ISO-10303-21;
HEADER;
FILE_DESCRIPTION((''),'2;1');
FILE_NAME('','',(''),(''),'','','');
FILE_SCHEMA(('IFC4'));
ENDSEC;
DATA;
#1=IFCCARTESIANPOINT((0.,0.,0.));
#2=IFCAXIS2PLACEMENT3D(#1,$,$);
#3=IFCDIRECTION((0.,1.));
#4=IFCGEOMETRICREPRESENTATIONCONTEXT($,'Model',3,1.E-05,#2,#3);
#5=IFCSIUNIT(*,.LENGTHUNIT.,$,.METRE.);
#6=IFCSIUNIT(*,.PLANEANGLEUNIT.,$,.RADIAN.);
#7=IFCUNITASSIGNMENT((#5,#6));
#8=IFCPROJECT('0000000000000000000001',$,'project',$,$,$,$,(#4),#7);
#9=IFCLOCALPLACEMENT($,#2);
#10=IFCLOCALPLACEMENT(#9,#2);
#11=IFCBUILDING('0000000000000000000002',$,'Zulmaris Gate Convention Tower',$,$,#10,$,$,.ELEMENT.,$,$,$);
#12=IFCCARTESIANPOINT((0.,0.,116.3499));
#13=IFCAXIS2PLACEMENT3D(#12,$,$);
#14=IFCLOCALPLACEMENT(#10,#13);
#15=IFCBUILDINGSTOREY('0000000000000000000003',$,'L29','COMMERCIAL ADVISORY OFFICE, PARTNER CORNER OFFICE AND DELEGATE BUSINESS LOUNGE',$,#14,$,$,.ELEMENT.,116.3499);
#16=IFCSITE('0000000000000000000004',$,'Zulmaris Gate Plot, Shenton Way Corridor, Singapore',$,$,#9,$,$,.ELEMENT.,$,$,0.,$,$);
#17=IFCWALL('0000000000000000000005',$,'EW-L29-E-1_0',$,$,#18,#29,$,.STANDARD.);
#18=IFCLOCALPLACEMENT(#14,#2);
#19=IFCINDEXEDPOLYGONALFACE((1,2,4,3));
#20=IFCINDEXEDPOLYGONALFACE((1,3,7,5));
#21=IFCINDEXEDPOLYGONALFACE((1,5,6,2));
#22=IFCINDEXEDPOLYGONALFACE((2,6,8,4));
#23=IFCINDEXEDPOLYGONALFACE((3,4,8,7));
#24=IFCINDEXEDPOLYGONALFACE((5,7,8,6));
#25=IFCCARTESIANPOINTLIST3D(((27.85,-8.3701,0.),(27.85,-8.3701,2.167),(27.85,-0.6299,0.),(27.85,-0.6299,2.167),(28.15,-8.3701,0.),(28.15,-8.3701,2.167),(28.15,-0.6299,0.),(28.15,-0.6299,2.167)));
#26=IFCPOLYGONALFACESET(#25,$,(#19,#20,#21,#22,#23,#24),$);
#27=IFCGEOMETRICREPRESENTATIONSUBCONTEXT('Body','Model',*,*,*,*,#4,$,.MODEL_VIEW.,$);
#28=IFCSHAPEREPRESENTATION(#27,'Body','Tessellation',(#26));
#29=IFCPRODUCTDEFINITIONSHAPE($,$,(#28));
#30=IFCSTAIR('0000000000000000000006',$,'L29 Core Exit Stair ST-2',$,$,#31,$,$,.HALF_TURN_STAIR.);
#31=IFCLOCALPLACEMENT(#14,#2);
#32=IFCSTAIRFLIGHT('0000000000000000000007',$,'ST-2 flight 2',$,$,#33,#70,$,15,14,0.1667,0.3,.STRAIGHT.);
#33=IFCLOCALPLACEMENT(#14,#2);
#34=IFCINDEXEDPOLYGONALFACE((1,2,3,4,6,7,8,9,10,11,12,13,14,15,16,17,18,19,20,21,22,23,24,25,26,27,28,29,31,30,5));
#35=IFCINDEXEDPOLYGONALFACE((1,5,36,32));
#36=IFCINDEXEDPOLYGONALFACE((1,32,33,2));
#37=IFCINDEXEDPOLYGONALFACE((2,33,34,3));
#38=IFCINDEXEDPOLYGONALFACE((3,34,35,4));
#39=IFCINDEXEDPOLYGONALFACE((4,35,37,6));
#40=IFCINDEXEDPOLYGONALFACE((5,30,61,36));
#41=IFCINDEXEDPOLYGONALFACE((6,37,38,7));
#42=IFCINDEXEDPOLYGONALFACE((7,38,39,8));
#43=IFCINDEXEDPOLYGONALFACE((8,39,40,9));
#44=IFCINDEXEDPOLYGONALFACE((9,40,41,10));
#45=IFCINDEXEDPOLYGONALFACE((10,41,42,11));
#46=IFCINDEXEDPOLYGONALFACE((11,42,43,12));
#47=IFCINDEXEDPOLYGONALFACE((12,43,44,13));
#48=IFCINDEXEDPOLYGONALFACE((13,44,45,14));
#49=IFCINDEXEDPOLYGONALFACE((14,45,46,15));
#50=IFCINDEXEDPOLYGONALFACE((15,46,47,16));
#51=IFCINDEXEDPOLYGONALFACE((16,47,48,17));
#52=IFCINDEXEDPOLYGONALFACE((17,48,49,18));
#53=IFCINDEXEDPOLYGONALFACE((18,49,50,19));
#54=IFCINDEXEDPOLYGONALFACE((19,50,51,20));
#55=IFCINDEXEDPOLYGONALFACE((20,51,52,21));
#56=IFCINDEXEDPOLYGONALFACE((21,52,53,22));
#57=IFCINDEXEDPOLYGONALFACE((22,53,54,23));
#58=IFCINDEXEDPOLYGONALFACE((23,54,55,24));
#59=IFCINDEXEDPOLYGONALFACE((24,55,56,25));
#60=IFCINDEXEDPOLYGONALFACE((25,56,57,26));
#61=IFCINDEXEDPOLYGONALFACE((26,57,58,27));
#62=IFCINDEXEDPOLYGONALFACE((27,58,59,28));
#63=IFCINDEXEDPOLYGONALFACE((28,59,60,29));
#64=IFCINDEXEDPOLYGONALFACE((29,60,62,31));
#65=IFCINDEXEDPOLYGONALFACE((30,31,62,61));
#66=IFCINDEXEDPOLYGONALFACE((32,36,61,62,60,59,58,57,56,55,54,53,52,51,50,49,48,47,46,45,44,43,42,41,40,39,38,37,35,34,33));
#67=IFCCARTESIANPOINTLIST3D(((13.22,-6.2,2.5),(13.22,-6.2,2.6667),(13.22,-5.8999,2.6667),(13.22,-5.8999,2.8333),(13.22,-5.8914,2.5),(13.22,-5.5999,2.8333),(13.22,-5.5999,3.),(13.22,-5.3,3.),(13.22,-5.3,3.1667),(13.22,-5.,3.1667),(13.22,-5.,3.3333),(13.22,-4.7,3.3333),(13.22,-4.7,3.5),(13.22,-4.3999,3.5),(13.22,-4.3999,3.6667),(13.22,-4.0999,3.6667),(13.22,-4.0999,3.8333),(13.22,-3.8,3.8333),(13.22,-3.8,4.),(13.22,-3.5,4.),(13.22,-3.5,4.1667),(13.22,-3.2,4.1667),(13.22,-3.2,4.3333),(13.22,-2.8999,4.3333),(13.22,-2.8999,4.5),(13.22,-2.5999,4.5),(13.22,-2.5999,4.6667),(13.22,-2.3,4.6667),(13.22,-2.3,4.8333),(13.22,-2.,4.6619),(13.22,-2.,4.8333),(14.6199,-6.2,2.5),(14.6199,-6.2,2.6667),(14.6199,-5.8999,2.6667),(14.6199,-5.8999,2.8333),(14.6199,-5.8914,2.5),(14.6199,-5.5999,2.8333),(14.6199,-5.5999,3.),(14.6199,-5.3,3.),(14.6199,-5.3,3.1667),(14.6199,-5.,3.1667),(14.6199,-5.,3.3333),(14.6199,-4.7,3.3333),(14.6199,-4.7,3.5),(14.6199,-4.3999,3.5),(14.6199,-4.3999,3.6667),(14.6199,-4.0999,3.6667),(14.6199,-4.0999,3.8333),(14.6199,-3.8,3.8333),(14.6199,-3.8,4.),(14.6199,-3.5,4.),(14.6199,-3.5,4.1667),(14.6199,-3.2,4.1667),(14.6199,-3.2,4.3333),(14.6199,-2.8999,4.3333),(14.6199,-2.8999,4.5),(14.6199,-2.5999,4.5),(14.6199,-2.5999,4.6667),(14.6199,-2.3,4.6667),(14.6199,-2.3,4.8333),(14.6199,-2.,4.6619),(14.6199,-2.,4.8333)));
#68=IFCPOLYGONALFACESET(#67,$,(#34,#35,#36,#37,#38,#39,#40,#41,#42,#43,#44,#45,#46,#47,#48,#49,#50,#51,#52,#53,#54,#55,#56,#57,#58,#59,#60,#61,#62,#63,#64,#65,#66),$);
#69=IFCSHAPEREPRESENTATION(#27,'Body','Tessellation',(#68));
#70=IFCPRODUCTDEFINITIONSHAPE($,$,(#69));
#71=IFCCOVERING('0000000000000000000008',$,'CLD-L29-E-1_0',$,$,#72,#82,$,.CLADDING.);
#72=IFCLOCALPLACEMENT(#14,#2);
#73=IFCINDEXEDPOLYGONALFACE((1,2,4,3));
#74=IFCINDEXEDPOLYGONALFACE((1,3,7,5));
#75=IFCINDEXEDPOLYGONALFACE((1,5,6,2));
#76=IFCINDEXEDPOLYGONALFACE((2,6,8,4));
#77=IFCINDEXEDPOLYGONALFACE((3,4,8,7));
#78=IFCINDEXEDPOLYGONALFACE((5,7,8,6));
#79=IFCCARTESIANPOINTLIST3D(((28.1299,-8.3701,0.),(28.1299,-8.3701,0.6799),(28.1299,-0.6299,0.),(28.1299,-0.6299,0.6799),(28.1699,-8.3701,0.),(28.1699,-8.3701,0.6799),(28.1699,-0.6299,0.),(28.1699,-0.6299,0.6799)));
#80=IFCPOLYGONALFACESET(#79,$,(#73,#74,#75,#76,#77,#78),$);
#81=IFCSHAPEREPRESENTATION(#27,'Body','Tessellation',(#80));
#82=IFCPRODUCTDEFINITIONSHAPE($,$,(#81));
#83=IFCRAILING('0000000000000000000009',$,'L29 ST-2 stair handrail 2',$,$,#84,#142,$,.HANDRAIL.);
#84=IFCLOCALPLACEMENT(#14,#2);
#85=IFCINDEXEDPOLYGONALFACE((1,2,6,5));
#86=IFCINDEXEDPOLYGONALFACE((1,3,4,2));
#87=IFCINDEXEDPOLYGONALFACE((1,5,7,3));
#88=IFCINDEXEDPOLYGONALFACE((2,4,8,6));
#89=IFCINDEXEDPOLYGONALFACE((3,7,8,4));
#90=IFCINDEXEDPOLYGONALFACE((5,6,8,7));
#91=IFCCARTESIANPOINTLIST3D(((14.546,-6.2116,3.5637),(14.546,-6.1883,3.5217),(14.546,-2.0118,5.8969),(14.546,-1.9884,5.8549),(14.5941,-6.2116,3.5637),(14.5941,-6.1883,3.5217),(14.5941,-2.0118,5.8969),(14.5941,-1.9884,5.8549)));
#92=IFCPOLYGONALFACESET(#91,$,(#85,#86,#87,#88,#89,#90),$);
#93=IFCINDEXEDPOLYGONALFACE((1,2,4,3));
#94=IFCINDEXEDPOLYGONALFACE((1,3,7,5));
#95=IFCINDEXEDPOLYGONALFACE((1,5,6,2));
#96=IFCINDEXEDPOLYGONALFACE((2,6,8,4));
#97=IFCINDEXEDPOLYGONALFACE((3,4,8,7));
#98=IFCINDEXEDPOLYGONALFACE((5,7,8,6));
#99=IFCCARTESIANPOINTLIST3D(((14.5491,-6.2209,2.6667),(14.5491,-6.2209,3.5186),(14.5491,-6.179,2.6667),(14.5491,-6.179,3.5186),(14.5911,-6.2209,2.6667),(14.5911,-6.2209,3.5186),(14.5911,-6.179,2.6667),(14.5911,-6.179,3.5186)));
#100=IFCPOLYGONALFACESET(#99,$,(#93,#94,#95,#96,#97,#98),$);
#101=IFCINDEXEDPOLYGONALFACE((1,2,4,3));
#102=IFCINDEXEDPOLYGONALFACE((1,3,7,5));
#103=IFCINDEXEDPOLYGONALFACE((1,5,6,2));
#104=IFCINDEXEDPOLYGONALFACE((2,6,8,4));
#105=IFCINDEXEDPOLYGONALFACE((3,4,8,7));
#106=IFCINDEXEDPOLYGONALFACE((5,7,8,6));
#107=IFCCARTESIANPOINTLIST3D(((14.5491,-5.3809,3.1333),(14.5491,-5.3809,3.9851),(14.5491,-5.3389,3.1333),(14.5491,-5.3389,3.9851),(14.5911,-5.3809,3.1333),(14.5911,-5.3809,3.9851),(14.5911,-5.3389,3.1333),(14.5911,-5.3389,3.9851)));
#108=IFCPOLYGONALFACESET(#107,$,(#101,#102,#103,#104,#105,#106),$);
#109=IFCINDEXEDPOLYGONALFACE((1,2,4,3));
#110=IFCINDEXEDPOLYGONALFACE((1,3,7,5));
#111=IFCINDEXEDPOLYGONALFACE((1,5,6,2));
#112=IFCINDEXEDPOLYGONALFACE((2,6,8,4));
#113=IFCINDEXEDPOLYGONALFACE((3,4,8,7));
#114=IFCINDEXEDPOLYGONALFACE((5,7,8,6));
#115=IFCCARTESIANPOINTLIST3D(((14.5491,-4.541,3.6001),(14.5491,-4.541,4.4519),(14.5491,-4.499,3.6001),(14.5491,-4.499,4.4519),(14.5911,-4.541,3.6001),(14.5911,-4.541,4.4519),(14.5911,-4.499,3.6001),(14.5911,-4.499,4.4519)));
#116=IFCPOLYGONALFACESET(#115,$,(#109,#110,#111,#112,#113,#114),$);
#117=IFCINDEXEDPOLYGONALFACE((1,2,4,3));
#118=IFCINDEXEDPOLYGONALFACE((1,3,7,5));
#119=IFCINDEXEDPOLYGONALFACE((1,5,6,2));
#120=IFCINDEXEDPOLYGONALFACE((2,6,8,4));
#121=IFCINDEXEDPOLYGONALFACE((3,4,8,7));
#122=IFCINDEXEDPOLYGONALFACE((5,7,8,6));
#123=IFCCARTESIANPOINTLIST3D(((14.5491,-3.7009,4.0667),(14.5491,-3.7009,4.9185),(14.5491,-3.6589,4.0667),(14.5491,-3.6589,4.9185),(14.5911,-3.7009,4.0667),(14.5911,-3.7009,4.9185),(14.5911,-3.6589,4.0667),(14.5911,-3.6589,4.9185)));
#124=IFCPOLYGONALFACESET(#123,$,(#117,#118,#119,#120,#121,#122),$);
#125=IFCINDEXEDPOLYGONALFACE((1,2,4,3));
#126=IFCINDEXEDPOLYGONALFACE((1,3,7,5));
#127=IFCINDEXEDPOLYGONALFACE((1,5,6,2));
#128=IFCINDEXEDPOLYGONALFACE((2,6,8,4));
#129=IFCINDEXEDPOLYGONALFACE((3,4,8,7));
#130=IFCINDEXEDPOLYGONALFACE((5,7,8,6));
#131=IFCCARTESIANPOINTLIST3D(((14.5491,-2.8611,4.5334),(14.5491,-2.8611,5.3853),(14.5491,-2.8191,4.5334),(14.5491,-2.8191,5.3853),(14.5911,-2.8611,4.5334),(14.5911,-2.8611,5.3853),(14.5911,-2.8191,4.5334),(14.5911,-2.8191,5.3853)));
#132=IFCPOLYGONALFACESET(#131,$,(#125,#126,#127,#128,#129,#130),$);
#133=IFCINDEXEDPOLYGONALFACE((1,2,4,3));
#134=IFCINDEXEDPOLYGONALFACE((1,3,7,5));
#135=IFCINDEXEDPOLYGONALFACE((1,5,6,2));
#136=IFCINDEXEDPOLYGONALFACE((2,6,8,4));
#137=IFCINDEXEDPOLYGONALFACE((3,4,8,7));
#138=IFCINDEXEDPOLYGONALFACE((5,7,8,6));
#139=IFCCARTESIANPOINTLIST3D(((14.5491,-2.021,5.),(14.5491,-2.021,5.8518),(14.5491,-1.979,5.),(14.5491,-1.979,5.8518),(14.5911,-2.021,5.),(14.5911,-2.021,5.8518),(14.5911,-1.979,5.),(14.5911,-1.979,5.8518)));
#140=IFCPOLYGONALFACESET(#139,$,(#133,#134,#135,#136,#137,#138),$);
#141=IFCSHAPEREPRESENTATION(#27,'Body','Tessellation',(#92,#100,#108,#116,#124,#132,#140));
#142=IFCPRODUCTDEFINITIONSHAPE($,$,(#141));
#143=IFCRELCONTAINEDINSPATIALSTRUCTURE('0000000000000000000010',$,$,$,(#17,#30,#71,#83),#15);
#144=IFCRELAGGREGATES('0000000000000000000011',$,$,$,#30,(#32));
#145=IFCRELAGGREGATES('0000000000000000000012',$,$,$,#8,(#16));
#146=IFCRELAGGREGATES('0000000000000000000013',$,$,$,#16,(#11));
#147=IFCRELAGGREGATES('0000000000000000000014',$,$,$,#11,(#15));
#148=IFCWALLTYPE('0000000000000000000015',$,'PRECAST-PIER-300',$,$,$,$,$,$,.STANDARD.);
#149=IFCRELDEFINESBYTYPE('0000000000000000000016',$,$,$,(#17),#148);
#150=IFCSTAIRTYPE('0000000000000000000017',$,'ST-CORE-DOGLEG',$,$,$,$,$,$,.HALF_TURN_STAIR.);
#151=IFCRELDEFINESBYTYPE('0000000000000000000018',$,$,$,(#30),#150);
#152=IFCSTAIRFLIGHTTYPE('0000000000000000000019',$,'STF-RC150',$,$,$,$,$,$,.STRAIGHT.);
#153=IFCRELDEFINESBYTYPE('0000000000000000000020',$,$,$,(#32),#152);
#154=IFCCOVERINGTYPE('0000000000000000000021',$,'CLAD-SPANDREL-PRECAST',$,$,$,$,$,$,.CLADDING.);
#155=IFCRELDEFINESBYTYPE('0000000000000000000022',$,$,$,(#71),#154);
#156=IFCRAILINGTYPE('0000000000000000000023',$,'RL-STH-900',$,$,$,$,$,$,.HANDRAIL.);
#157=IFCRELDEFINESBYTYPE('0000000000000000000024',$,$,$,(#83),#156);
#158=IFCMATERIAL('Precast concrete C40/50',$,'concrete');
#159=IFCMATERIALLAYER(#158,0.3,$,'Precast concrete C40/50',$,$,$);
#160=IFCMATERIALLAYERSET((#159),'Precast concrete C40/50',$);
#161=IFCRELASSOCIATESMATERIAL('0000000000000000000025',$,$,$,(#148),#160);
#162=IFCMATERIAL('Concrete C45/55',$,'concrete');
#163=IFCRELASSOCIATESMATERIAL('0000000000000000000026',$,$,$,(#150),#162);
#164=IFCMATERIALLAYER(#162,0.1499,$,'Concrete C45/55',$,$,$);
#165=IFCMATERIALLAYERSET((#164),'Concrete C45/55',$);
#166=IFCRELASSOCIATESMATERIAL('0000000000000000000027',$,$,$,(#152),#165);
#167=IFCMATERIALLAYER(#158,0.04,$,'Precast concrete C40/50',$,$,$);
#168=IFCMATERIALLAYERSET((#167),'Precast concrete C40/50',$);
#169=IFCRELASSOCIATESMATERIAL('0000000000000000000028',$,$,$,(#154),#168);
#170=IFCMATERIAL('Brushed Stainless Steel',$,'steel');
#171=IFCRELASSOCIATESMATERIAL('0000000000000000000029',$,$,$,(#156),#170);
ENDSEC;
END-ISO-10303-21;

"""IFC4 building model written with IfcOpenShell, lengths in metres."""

from ifc_helpers import new_model, si_unit, direction, frame, frame_2d, origin, origin_2d, place, context, subcontext, project, spatial, polyline, rectangle, outline, extrude, material, layer, layer_set, type_object, element, aggregate, save


model = new_model("IFC4")

# Units and contexts
model_context = context("Model", 3, precision=1e-05, world=origin(), true_north=direction((0.0, 1.0)))
body_context = subcontext(model_context, "Body", "Model", "MODEL_VIEW")
ifc_project = project(units=[si_unit("LENGTHUNIT", "METRE"), si_unit("PLANEANGLEUNIT", "RADIAN")], contexts=[model_context])

# Site, building, storey
site_placement = place(None, origin())
site = spatial("IfcSite", under=ifc_project, at=site_placement, Name="Zulmaris Gate Plot, Shenton Way Corridor, Singapore", CompositionType="ELEMENT", RefElevation=0.0)
building_placement = place(site_placement, origin())
building = spatial("IfcBuilding", under=site, at=building_placement, Name="Zulmaris Gate Convention Tower", CompositionType="ELEMENT")
storey_placement = place(building_placement, frame((0.0, 0.0, 116.3499)))
storey = spatial("IfcBuildingStorey", under=building, at=storey_placement, Name="L29", Description="COMMERCIAL ADVISORY OFFICE, PARTNER CORNER OFFICE AND DELEGATE BUSINESS LOUNGE", CompositionType="ELEMENT", Elevation=116.3499)

# Shared definitions
ifc_material_1 = material(Name="Brushed Stainless Steel", Category="steel")

# Wall
ifc_material_2 = material(Name="Precast concrete C40/50", Category="concrete")
ifc_layer_1 = layer(ifc_material_2, 0.3, Name="Precast concrete C40/50")
ifc_layer_set_1 = layer_set([ifc_layer_1], Name="Precast concrete C40/50")
wall_type_1 = type_object("IfcWallType", Name="PRECAST-PIER-300", PredefinedType="STANDARD", material=ifc_layer_set_1)
wall_1_placement = place(storey_placement, frame((28.0, -8.3701, 0.0), z_axis=(0.0, 0.0, 1.0), x_axis=(0.0, 1.0, 0.0)))
element("IfcWall", 1, at=wall_1_placement, inside=storey, type_object=wall_type_1, Name="EW-L29-E-1_0", PredefinedType="STANDARD", context=body_context, shape_type="SweptSolid", body=[
    extrude(rectangle(XDim=7.7402, YDim=0.3, at=frame_2d((3.8701, 0.0))), origin(), (0.0, 0.0, 1.0), 2.167),
])

# Stair, stair flight
ifc_material_3 = material(Name="Concrete C45/55", Category="concrete")
stair_type = type_object("IfcStairType", Name="ST-CORE-DOGLEG", PredefinedType="HALF_TURN_STAIR", material=ifc_material_3)
stair_placement = place(storey_placement, origin())
stair = element("IfcStair", 2, at=stair_placement, inside=storey, type_object=stair_type, Name="L29 Core Exit Stair ST-2", PredefinedType="HALF_TURN_STAIR")
ifc_layer_2 = layer(ifc_material_3, 0.1499, Name="Concrete C45/55")
ifc_layer_set_2 = layer_set([ifc_layer_2], Name="Concrete C45/55")
stair_flight_type = type_object("IfcStairFlightType", Name="STF-RC150", PredefinedType="STRAIGHT", material=ifc_layer_set_2)
stair_flight_placement = place(storey_placement, frame((13.9199, -6.2, 2.5), z_axis=(0.0, 0.0, 1.0), x_axis=(0.0, 1.0, 0.0)))
stair_flight = element("IfcStairFlight", 3, at=stair_flight_placement, type_object=stair_flight_type, Name="ST-2 flight 2", NumberOfRisers=15, NumberOfTreads=14, PredefinedType="STRAIGHT", RiserHeight=0.1667, TreadLength=0.3, context=body_context, shape_type="SweptSolid", body=[
    extrude(outline(polyline([(0.0, 0.0), (0.0, 0.1667), (0.3, 0.1667), (0.3, 0.3333), (0.6001, 0.3333), (0.6001, 0.5), (0.8999, 0.5), (0.8999, 0.6667), (1.2, 0.6667), (1.2, 0.8333), (1.5, 0.8333), (1.5, 1.0), (1.8, 1.0), (1.8, 1.1667), (2.1001, 1.1667), (2.1001, 1.3333), (2.3999, 1.3333), (2.3999, 1.5), (2.7, 1.5), (2.7, 1.6667), (3.0, 1.6667), (3.0, 1.8333), (3.3, 1.8333), (3.3, 2.0), (3.6001, 2.0), (3.6001, 2.1667), (3.8999, 2.1667), (3.8999, 2.3333), (4.2, 2.3333), (4.2, 2.5), (4.2, 2.1619), (0.3086, 0.0), (0.0, 0.0)])), frame((0.0, 0.7, 0.0), z_axis=(0.0, -1.0, 0.0), x_axis=(1.0, 0.0, 0.0)), (0.0, 0.0, 1.0), 1.3999),
])
aggregate(stair, [stair_flight])

# Covering
ifc_layer_3 = layer(ifc_material_2, 0.04, Name="Precast concrete C40/50")
ifc_layer_set_3 = layer_set([ifc_layer_3], Name="Precast concrete C40/50")
covering_type = type_object("IfcCoveringType", Name="CLAD-SPANDREL-PRECAST", PredefinedType="CLADDING", material=ifc_layer_set_3)
covering_placement = place(storey_placement, frame((28.1499, -8.3701, 0.0), z_axis=(0.0, 0.0, 1.0), x_axis=(0.0, 1.0, 0.0)))
element("IfcCovering", 4, at=covering_placement, inside=storey, type_object=covering_type, Name="CLD-L29-E-1_0", PredefinedType="CLADDING", context=body_context, shape_type="SweptSolid", body=[
    extrude(rectangle(XDim=7.7402, YDim=0.04, at=frame_2d((3.8701, 0.0))), origin(), (0.0, 0.0, 1.0), 0.6799),
])

# Railing
railing_type = type_object("IfcRailingType", Name="RL-STH-900", PredefinedType="HANDRAIL", material=ifc_material_1)
railing_placement = place(storey_placement, frame((14.5701, -6.2, 2.6667)))
element("IfcRailing", 5, at=railing_placement, inside=storey, type_object=railing_type, Name="L29 ST-2 stair handrail 2", PredefinedType="HANDRAIL", context=body_context, shape_type="SweptSolid", body=[
    extrude(rectangle(XDim=0.0481, YDim=0.0481, at=origin_2d()), frame((0.0, 0.0, 0.876), z_axis=(0.0, 0.874162, 0.485634), x_axis=(-1.0, 0.0, 0.0)), (0.0, 0.0, 1.0), 4.8044),
    extrude(rectangle(XDim=0.042, YDim=0.042, at=origin_2d()), origin(), (0.0, 0.0, 1.0), 0.8518),
    extrude(rectangle(XDim=0.042, YDim=0.042, at=origin_2d()), frame((0.0, 0.8401, 0.4666)), (0.0, 0.0, 1.0), 0.8518),
    extrude(rectangle(XDim=0.042, YDim=0.042, at=origin_2d()), frame((0.0, 1.6799, 0.9333)), (0.0, 0.0, 1.0), 0.8518),
    extrude(rectangle(XDim=0.042, YDim=0.042, at=origin_2d()), frame((0.0, 2.52, 1.3999)), (0.0, 0.0, 1.0), 0.8518),
    extrude(rectangle(XDim=0.042, YDim=0.042, at=origin_2d()), frame((0.0, 3.3599, 1.8667)), (0.0, 0.0, 1.0), 0.8518),
    extrude(rectangle(XDim=0.042, YDim=0.042, at=origin_2d()), frame((0.0, 4.2, 2.3333)), (0.0, 0.0, 1.0), 0.8518),
])

save(model, "model.ifc")
